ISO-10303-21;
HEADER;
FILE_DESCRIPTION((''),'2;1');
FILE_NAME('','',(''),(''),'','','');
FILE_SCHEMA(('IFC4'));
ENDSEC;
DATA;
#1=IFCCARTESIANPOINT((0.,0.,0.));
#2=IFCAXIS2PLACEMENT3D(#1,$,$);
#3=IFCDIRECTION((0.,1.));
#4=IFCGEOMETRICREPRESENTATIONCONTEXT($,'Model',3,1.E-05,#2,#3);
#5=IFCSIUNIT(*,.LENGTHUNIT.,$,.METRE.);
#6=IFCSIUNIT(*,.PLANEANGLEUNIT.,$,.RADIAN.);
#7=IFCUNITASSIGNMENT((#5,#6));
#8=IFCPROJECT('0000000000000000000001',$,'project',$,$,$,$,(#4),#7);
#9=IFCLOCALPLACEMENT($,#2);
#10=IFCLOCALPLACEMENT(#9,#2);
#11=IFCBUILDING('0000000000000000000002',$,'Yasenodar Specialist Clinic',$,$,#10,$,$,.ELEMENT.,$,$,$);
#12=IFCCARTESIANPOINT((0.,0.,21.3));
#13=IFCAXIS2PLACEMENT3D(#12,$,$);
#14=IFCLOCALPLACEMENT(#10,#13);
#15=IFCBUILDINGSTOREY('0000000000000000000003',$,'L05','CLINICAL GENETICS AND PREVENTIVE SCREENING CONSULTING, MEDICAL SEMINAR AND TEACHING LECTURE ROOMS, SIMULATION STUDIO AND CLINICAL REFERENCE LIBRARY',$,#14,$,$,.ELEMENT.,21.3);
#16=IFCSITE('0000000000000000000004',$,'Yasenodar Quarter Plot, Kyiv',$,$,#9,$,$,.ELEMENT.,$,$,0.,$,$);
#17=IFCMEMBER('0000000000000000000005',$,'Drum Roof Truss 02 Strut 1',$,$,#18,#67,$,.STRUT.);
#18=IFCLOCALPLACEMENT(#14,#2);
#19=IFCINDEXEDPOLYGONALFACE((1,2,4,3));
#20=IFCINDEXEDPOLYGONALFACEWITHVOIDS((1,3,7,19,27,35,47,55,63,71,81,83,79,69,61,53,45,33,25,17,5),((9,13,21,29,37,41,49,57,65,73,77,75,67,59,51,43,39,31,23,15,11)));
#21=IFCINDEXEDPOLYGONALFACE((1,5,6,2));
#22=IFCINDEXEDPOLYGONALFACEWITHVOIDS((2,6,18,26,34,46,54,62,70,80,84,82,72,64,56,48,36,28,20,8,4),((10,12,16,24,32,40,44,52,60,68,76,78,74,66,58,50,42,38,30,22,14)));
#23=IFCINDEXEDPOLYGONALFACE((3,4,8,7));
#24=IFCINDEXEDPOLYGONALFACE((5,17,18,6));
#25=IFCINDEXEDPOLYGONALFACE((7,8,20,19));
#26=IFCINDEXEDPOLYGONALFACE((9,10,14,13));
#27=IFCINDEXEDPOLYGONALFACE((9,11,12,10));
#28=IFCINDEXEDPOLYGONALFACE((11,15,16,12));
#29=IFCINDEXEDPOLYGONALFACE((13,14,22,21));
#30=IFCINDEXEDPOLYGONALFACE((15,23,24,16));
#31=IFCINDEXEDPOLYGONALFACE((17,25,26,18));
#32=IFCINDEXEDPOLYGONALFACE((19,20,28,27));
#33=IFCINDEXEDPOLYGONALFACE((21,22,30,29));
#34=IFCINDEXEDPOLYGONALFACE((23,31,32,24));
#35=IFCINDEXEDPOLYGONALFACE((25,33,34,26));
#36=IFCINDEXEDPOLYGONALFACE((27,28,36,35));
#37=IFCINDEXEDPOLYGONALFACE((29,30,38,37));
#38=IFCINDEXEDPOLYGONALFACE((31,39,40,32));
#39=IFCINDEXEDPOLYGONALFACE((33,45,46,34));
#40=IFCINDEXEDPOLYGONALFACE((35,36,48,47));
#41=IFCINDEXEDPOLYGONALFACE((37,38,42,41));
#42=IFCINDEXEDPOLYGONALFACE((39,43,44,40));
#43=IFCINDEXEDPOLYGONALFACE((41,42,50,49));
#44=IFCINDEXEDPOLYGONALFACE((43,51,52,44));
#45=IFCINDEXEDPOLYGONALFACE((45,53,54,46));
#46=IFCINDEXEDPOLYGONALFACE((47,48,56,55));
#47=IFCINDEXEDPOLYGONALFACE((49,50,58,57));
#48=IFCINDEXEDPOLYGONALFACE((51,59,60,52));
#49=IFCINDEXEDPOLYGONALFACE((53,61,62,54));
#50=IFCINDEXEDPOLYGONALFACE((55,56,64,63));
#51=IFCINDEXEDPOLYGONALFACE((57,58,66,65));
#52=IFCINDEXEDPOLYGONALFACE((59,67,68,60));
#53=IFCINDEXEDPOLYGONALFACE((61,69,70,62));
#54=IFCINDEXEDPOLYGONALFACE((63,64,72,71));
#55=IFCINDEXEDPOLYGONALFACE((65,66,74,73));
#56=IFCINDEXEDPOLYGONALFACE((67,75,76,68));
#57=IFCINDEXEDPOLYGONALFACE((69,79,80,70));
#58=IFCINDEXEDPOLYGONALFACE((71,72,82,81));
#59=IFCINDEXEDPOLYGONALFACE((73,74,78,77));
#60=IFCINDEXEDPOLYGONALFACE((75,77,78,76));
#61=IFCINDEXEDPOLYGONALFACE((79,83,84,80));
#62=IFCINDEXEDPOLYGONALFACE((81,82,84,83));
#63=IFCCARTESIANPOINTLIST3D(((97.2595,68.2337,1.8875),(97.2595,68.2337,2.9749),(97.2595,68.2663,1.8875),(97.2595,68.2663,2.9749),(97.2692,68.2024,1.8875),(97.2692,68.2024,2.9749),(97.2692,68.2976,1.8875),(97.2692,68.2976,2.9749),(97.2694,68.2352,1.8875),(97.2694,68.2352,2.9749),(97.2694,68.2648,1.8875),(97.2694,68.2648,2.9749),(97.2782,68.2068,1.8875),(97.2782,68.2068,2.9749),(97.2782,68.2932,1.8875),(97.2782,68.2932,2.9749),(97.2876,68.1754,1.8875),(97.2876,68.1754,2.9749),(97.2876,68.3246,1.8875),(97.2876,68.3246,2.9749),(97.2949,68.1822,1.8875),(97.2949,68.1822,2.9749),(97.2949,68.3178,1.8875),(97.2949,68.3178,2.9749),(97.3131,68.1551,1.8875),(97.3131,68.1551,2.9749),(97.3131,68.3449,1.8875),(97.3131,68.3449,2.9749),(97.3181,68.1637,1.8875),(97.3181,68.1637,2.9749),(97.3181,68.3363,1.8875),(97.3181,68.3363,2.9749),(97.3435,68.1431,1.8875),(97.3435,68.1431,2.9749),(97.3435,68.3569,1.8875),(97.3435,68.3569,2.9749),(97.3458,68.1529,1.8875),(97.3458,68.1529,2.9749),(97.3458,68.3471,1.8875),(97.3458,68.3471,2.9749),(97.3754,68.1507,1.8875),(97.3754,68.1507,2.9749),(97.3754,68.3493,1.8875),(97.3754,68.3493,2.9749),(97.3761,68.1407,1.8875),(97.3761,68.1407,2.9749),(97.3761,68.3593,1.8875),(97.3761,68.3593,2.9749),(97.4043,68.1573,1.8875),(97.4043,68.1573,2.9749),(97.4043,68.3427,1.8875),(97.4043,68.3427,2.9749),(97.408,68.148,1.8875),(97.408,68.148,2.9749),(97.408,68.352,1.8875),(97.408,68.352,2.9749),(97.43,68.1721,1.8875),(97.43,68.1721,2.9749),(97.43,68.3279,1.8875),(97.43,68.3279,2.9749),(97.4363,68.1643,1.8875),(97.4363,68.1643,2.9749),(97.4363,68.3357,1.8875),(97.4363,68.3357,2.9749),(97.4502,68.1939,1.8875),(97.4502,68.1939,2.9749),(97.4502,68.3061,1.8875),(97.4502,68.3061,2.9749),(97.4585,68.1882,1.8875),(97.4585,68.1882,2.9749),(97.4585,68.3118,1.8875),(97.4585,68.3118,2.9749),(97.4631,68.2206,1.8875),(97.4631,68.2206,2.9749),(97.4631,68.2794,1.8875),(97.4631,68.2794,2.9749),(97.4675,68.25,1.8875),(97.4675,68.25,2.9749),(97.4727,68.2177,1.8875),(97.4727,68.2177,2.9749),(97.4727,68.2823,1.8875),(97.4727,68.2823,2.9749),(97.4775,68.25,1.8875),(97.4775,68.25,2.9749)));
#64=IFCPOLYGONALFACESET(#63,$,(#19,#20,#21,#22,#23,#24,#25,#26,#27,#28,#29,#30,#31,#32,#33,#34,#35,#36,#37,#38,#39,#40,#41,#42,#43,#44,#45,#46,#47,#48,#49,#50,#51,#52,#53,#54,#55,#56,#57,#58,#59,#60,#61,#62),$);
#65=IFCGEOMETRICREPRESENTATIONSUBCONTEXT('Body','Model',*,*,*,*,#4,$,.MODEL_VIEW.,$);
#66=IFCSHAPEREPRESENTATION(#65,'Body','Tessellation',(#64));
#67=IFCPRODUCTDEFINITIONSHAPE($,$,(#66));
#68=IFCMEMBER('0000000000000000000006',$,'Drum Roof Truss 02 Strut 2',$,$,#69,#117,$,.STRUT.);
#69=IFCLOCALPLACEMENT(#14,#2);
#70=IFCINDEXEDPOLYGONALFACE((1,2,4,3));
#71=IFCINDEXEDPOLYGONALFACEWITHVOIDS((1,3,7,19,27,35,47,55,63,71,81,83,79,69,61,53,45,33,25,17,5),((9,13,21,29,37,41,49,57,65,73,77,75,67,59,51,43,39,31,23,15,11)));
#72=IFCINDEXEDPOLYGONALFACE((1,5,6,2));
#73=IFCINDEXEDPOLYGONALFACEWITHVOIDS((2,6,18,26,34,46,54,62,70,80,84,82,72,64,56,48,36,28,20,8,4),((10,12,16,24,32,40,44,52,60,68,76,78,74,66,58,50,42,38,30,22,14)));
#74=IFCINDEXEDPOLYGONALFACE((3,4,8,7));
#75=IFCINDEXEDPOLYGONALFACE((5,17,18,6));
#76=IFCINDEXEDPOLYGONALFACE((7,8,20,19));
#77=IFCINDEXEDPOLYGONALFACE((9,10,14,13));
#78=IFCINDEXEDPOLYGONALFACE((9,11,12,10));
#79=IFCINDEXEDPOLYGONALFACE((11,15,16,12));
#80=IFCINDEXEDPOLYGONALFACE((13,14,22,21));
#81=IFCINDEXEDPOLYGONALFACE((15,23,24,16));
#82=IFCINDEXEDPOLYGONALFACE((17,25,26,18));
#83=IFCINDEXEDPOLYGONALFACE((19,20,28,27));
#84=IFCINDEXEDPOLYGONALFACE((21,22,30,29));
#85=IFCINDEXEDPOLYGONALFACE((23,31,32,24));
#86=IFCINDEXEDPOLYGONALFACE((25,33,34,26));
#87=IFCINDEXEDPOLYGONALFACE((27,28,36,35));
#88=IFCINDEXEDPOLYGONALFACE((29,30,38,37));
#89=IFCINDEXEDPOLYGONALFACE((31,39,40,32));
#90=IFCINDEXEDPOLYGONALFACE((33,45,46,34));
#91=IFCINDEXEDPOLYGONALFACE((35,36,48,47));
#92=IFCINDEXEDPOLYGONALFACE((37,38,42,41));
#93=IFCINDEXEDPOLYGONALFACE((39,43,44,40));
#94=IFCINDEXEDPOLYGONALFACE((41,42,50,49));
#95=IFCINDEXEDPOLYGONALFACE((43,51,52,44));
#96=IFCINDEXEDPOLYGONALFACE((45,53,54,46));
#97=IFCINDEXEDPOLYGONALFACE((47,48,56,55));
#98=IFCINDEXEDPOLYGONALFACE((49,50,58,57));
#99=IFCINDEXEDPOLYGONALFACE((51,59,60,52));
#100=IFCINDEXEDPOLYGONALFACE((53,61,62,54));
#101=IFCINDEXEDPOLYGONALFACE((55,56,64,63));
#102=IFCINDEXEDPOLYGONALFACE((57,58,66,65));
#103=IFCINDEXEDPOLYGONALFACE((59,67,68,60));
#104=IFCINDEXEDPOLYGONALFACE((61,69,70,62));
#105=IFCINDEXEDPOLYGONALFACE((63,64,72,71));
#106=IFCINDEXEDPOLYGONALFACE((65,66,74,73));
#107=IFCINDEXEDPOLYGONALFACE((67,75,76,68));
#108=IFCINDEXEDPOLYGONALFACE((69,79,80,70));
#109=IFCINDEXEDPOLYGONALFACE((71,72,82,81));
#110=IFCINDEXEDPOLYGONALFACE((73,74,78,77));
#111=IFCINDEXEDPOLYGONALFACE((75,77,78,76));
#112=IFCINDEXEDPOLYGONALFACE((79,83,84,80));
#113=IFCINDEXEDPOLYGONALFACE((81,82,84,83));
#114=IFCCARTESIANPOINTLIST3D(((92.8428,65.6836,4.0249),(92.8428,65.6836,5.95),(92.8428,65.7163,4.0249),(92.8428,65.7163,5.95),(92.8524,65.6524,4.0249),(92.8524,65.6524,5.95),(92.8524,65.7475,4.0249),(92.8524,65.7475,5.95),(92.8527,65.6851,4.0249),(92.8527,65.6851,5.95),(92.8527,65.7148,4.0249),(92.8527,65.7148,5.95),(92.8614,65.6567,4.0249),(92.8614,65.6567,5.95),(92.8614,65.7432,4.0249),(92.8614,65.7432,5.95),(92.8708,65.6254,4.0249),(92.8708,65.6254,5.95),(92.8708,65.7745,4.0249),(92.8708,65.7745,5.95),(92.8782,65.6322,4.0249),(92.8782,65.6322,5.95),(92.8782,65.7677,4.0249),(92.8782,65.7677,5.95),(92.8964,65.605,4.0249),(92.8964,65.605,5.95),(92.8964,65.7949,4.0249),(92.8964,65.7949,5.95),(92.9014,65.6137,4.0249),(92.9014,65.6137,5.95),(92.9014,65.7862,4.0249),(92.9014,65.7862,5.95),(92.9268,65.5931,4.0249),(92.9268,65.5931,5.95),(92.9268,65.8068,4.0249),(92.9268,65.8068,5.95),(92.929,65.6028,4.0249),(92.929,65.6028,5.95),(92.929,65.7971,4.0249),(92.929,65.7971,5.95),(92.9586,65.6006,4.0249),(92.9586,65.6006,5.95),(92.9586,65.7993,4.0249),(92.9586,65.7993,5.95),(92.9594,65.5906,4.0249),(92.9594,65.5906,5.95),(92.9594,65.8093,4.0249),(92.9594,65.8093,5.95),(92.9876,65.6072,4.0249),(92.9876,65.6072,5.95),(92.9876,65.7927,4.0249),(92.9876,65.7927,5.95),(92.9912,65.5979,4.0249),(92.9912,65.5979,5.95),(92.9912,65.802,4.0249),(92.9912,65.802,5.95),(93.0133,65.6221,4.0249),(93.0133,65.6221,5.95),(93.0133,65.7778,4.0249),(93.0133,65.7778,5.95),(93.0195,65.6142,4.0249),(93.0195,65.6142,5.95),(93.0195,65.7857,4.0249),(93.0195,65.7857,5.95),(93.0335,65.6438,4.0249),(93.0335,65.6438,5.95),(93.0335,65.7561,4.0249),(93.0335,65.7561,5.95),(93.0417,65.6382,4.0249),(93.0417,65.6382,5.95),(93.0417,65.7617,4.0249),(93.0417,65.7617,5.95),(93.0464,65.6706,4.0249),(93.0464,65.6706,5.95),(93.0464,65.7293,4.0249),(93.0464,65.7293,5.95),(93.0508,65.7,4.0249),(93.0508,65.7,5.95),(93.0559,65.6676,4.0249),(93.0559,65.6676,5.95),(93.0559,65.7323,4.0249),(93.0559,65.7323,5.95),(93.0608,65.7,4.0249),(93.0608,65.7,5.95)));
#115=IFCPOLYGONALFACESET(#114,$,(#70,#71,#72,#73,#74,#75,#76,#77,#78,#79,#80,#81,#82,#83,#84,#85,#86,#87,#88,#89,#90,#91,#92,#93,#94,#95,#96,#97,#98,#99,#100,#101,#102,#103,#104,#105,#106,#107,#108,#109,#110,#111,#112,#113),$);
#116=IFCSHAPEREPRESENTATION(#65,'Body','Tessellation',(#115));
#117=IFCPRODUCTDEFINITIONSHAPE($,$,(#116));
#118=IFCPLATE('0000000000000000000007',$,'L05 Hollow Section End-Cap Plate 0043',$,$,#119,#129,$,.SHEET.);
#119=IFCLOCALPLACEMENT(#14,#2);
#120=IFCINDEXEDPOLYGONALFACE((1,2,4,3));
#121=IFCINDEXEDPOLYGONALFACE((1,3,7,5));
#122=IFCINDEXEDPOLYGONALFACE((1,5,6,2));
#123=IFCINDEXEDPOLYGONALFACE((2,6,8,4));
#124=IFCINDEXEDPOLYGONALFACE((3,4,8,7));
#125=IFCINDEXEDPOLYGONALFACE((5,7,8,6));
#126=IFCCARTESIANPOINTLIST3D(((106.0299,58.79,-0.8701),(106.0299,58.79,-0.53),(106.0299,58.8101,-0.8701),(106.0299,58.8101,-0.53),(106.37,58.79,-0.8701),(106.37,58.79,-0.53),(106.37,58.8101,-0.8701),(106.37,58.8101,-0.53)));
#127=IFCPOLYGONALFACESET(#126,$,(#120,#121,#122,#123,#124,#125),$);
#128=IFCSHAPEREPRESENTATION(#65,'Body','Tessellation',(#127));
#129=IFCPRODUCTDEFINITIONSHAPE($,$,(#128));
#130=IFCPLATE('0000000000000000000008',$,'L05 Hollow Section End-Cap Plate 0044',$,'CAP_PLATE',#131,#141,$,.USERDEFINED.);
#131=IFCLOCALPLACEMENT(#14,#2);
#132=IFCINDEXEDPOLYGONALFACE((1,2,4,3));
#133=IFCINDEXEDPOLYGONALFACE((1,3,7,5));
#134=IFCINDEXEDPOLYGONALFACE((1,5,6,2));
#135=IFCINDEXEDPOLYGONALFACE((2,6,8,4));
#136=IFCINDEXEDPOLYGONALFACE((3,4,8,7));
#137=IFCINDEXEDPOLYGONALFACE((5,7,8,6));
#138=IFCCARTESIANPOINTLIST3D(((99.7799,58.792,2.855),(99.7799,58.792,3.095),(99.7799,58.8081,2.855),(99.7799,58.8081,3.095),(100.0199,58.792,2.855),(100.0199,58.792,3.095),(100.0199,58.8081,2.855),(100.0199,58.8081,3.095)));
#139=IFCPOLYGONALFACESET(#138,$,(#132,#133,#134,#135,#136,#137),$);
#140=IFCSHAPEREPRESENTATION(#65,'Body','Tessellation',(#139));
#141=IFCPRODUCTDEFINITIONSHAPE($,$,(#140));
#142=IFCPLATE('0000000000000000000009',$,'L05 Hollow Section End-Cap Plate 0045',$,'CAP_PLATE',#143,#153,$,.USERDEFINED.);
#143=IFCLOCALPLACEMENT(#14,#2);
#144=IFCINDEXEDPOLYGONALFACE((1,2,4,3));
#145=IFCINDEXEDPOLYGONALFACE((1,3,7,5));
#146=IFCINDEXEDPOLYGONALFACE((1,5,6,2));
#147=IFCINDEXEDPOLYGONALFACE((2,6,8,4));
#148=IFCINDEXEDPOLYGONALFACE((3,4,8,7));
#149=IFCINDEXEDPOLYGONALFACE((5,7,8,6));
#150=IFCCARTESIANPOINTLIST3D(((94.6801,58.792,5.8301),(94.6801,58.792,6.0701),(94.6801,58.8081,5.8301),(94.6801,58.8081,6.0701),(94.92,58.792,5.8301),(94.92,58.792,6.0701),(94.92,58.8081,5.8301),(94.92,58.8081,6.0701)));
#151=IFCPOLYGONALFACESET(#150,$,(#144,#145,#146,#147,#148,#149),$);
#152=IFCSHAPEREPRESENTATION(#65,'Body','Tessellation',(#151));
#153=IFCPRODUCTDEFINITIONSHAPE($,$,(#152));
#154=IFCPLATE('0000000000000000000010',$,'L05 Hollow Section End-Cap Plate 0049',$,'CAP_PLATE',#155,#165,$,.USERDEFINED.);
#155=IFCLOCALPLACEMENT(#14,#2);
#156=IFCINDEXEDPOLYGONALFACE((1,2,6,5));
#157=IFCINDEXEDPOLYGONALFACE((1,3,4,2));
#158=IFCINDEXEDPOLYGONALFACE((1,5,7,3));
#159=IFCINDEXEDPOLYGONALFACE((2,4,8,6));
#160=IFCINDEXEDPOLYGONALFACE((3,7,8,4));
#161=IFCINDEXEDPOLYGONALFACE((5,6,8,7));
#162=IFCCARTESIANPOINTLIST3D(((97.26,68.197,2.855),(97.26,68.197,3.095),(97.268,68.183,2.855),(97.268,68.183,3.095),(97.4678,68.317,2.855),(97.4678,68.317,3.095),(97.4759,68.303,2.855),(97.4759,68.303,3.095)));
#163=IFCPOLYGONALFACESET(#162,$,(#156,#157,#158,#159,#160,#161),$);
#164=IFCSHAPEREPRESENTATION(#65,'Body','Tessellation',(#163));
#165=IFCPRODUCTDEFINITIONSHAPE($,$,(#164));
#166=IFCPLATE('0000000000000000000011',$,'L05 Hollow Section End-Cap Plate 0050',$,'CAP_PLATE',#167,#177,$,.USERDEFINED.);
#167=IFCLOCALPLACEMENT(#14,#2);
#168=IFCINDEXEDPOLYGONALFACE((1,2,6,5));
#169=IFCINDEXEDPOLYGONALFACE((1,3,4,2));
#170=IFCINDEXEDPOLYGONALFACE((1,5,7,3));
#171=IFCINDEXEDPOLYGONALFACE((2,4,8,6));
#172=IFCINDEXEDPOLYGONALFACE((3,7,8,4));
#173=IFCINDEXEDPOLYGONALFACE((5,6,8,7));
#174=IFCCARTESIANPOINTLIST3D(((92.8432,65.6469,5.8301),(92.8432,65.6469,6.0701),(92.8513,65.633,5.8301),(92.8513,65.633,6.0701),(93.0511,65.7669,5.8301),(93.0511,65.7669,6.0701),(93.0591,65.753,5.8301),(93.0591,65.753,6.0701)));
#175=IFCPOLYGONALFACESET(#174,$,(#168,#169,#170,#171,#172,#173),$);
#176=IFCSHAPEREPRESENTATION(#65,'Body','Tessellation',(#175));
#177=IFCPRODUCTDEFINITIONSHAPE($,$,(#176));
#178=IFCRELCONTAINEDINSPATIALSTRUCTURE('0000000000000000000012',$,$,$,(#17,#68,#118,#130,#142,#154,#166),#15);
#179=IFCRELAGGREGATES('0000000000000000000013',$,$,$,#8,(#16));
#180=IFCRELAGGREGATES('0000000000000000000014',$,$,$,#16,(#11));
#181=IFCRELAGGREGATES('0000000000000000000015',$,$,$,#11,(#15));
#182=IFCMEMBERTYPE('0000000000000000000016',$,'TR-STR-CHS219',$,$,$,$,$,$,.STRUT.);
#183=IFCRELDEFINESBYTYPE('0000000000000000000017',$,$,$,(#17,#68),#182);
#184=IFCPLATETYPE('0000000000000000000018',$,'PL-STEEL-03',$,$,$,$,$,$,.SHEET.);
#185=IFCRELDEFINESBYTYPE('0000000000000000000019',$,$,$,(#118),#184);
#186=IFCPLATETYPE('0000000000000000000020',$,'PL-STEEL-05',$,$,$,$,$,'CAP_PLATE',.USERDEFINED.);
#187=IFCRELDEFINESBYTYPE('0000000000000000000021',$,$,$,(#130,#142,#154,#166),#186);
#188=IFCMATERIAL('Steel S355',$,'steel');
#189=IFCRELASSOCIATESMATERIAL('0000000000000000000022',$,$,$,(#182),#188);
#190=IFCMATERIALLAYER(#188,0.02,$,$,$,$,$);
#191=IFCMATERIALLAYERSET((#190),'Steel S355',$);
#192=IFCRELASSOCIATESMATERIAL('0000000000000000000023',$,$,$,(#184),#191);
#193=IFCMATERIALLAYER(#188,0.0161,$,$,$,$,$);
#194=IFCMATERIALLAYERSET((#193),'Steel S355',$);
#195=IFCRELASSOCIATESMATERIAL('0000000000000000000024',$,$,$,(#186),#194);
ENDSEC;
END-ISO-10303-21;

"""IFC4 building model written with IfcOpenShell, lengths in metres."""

from ifc_helpers import new_model, si_unit, direction, frame, origin, origin_2d, place, context, subcontext, project, spatial, rectangle, hollow_circle, extrude, material, layer, layer_set, material_profile, profile_set, type_object, element, save


model = new_model("IFC4")

# Units and contexts
model_context = context("Model", 3, precision=1e-05, world=origin(), true_north=direction((0.0, 1.0)))
body_context = subcontext(model_context, "Body", "Model", "MODEL_VIEW")
ifc_project = project(units=[si_unit("LENGTHUNIT", "METRE"), si_unit("PLANEANGLEUNIT", "RADIAN")], contexts=[model_context])

# Site, building, storey
site_placement = place(None, origin())
site = spatial("IfcSite", under=ifc_project, at=site_placement, Name="Yasenodar Quarter Plot, Kyiv", CompositionType="ELEMENT", RefElevation=0.0)
building_placement = place(site_placement, origin())
building = spatial("IfcBuilding", under=site, at=building_placement, Name="Yasenodar Specialist Clinic", CompositionType="ELEMENT")
storey_placement = place(building_placement, frame((0.0, 0.0, 21.3)))
storey = spatial("IfcBuildingStorey", under=building, at=storey_placement, Name="L05", Description="CLINICAL GENETICS AND PREVENTIVE SCREENING CONSULTING, MEDICAL SEMINAR AND TEACHING LECTURE ROOMS, SIMULATION STUDIO AND CLINICAL REFERENCE LIBRARY", CompositionType="ELEMENT", Elevation=21.3)

# Members
ifc_material = material(Name="Steel S355", Category="steel")
ifc_material_profile_1 = material_profile(ifc_material, hollow_circle(Radius=0.1096, WallThickness=0.01, at=origin_2d()), Name="CHS 219.1x10")
ifc_profile_set_1 = profile_set([ifc_material_profile_1], Name="Steel S355")
member_type_1 = type_object("IfcMemberType", Name="TR-STR-CHS219", PredefinedType="STRUT", material=ifc_profile_set_1)
member_1_placement = place(storey_placement, frame((97.3679, 68.25, 1.8875), z_axis=(0.0, 0.0, 1.0), x_axis=(1.0, 0.0, 0.0)))
element("IfcMember", 1, at=member_1_placement, inside=storey, type_object=member_type_1, Name="Drum Roof Truss 02 Strut 1", PredefinedType="STRUT", context=body_context, shape_type="SweptSolid", body=[
    extrude(hollow_circle(Radius=0.1096, WallThickness=0.01, at=origin_2d()), origin(), (0.0, 0.0, 1.0), 1.0874),
])
member_2_placement = place(storey_placement, frame((92.9512, 65.7, 4.0249), z_axis=(0.0, 0.0, 1.0), x_axis=(1.0, 0.0, 0.0)))
element("IfcMember", 2, at=member_2_placement, inside=storey, type_object=member_type_1, Name="Drum Roof Truss 02 Strut 2", PredefinedType="STRUT", context=body_context, shape_type="SweptSolid", body=[
    extrude(hollow_circle(Radius=0.1096, WallThickness=0.01, at=origin_2d()), origin(), (0.0, 0.0, 1.0), 1.925),
])

# Plates
ifc_layer_1 = layer(ifc_material, 0.02)
ifc_layer_set_1 = layer_set([ifc_layer_1], Name="Steel S355")
plate_type_1 = type_object("IfcPlateType", Name="PL-STEEL-03", PredefinedType="SHEET", material=ifc_layer_set_1)
plate_placement = place(storey_placement, frame((106.2, 58.8, -0.8701), z_axis=(0.0, 0.0, 1.0), x_axis=(1.0, 0.0, 0.0)))
element("IfcPlate", 3, at=plate_placement, inside=storey, type_object=plate_type_1, Name="L05 Hollow Section End-Cap Plate 0043", PredefinedType="SHEET", context=body_context, shape_type="SweptSolid", body=[
    extrude(rectangle(XDim=0.3401, YDim=0.02, at=origin_2d()), origin(), (0.0, 0.0, 1.0), 0.3401),
])
ifc_layer_2 = layer(ifc_material, 0.0161)
ifc_layer_set_2 = layer_set([ifc_layer_2], Name="Steel S355")
plate_type_2 = type_object("IfcPlateType", Name="PL-STEEL-05", ElementType="CAP_PLATE", PredefinedType="USERDEFINED", material=ifc_layer_set_2)
for number, where, z_axis, x_axis, name in (
    (4, (99.8999, 58.8, 2.855), (0.0, 0.0, 1.0), (1.0, 0.0, 0.0), "L05 Hollow Section End-Cap Plate 0044"),
    (5, (94.8, 58.8, 5.8301), (0.0, 0.0, 1.0), (1.0, 0.0, 0.0), "L05 Hollow Section End-Cap Plate 0045"),
    (6, (97.3679, 68.25, 2.855), (0.0, 0.0, 1.0), (0.866025, 0.5, 0.0), "L05 Hollow Section End-Cap Plate 0049"),
    (7, (92.9512, 65.7, 5.8301), (0.0, 0.0, 1.0), (0.866025, 0.5, 0.0), "L05 Hollow Section End-Cap Plate 0050"),
):
    element("IfcPlate", number, at=place(storey_placement, frame(where, z_axis=z_axis, x_axis=x_axis)), inside=storey, type_object=plate_type_2, Name=name, ObjectType="CAP_PLATE", PredefinedType="USERDEFINED", context=body_context, shape_type="SweptSolid", body=[
        extrude(rectangle(XDim=0.24, YDim=0.0161, at=origin_2d()), origin(), (0.0, 0.0, 1.0), 0.24),
    ])

save(model, "model.ifc")
